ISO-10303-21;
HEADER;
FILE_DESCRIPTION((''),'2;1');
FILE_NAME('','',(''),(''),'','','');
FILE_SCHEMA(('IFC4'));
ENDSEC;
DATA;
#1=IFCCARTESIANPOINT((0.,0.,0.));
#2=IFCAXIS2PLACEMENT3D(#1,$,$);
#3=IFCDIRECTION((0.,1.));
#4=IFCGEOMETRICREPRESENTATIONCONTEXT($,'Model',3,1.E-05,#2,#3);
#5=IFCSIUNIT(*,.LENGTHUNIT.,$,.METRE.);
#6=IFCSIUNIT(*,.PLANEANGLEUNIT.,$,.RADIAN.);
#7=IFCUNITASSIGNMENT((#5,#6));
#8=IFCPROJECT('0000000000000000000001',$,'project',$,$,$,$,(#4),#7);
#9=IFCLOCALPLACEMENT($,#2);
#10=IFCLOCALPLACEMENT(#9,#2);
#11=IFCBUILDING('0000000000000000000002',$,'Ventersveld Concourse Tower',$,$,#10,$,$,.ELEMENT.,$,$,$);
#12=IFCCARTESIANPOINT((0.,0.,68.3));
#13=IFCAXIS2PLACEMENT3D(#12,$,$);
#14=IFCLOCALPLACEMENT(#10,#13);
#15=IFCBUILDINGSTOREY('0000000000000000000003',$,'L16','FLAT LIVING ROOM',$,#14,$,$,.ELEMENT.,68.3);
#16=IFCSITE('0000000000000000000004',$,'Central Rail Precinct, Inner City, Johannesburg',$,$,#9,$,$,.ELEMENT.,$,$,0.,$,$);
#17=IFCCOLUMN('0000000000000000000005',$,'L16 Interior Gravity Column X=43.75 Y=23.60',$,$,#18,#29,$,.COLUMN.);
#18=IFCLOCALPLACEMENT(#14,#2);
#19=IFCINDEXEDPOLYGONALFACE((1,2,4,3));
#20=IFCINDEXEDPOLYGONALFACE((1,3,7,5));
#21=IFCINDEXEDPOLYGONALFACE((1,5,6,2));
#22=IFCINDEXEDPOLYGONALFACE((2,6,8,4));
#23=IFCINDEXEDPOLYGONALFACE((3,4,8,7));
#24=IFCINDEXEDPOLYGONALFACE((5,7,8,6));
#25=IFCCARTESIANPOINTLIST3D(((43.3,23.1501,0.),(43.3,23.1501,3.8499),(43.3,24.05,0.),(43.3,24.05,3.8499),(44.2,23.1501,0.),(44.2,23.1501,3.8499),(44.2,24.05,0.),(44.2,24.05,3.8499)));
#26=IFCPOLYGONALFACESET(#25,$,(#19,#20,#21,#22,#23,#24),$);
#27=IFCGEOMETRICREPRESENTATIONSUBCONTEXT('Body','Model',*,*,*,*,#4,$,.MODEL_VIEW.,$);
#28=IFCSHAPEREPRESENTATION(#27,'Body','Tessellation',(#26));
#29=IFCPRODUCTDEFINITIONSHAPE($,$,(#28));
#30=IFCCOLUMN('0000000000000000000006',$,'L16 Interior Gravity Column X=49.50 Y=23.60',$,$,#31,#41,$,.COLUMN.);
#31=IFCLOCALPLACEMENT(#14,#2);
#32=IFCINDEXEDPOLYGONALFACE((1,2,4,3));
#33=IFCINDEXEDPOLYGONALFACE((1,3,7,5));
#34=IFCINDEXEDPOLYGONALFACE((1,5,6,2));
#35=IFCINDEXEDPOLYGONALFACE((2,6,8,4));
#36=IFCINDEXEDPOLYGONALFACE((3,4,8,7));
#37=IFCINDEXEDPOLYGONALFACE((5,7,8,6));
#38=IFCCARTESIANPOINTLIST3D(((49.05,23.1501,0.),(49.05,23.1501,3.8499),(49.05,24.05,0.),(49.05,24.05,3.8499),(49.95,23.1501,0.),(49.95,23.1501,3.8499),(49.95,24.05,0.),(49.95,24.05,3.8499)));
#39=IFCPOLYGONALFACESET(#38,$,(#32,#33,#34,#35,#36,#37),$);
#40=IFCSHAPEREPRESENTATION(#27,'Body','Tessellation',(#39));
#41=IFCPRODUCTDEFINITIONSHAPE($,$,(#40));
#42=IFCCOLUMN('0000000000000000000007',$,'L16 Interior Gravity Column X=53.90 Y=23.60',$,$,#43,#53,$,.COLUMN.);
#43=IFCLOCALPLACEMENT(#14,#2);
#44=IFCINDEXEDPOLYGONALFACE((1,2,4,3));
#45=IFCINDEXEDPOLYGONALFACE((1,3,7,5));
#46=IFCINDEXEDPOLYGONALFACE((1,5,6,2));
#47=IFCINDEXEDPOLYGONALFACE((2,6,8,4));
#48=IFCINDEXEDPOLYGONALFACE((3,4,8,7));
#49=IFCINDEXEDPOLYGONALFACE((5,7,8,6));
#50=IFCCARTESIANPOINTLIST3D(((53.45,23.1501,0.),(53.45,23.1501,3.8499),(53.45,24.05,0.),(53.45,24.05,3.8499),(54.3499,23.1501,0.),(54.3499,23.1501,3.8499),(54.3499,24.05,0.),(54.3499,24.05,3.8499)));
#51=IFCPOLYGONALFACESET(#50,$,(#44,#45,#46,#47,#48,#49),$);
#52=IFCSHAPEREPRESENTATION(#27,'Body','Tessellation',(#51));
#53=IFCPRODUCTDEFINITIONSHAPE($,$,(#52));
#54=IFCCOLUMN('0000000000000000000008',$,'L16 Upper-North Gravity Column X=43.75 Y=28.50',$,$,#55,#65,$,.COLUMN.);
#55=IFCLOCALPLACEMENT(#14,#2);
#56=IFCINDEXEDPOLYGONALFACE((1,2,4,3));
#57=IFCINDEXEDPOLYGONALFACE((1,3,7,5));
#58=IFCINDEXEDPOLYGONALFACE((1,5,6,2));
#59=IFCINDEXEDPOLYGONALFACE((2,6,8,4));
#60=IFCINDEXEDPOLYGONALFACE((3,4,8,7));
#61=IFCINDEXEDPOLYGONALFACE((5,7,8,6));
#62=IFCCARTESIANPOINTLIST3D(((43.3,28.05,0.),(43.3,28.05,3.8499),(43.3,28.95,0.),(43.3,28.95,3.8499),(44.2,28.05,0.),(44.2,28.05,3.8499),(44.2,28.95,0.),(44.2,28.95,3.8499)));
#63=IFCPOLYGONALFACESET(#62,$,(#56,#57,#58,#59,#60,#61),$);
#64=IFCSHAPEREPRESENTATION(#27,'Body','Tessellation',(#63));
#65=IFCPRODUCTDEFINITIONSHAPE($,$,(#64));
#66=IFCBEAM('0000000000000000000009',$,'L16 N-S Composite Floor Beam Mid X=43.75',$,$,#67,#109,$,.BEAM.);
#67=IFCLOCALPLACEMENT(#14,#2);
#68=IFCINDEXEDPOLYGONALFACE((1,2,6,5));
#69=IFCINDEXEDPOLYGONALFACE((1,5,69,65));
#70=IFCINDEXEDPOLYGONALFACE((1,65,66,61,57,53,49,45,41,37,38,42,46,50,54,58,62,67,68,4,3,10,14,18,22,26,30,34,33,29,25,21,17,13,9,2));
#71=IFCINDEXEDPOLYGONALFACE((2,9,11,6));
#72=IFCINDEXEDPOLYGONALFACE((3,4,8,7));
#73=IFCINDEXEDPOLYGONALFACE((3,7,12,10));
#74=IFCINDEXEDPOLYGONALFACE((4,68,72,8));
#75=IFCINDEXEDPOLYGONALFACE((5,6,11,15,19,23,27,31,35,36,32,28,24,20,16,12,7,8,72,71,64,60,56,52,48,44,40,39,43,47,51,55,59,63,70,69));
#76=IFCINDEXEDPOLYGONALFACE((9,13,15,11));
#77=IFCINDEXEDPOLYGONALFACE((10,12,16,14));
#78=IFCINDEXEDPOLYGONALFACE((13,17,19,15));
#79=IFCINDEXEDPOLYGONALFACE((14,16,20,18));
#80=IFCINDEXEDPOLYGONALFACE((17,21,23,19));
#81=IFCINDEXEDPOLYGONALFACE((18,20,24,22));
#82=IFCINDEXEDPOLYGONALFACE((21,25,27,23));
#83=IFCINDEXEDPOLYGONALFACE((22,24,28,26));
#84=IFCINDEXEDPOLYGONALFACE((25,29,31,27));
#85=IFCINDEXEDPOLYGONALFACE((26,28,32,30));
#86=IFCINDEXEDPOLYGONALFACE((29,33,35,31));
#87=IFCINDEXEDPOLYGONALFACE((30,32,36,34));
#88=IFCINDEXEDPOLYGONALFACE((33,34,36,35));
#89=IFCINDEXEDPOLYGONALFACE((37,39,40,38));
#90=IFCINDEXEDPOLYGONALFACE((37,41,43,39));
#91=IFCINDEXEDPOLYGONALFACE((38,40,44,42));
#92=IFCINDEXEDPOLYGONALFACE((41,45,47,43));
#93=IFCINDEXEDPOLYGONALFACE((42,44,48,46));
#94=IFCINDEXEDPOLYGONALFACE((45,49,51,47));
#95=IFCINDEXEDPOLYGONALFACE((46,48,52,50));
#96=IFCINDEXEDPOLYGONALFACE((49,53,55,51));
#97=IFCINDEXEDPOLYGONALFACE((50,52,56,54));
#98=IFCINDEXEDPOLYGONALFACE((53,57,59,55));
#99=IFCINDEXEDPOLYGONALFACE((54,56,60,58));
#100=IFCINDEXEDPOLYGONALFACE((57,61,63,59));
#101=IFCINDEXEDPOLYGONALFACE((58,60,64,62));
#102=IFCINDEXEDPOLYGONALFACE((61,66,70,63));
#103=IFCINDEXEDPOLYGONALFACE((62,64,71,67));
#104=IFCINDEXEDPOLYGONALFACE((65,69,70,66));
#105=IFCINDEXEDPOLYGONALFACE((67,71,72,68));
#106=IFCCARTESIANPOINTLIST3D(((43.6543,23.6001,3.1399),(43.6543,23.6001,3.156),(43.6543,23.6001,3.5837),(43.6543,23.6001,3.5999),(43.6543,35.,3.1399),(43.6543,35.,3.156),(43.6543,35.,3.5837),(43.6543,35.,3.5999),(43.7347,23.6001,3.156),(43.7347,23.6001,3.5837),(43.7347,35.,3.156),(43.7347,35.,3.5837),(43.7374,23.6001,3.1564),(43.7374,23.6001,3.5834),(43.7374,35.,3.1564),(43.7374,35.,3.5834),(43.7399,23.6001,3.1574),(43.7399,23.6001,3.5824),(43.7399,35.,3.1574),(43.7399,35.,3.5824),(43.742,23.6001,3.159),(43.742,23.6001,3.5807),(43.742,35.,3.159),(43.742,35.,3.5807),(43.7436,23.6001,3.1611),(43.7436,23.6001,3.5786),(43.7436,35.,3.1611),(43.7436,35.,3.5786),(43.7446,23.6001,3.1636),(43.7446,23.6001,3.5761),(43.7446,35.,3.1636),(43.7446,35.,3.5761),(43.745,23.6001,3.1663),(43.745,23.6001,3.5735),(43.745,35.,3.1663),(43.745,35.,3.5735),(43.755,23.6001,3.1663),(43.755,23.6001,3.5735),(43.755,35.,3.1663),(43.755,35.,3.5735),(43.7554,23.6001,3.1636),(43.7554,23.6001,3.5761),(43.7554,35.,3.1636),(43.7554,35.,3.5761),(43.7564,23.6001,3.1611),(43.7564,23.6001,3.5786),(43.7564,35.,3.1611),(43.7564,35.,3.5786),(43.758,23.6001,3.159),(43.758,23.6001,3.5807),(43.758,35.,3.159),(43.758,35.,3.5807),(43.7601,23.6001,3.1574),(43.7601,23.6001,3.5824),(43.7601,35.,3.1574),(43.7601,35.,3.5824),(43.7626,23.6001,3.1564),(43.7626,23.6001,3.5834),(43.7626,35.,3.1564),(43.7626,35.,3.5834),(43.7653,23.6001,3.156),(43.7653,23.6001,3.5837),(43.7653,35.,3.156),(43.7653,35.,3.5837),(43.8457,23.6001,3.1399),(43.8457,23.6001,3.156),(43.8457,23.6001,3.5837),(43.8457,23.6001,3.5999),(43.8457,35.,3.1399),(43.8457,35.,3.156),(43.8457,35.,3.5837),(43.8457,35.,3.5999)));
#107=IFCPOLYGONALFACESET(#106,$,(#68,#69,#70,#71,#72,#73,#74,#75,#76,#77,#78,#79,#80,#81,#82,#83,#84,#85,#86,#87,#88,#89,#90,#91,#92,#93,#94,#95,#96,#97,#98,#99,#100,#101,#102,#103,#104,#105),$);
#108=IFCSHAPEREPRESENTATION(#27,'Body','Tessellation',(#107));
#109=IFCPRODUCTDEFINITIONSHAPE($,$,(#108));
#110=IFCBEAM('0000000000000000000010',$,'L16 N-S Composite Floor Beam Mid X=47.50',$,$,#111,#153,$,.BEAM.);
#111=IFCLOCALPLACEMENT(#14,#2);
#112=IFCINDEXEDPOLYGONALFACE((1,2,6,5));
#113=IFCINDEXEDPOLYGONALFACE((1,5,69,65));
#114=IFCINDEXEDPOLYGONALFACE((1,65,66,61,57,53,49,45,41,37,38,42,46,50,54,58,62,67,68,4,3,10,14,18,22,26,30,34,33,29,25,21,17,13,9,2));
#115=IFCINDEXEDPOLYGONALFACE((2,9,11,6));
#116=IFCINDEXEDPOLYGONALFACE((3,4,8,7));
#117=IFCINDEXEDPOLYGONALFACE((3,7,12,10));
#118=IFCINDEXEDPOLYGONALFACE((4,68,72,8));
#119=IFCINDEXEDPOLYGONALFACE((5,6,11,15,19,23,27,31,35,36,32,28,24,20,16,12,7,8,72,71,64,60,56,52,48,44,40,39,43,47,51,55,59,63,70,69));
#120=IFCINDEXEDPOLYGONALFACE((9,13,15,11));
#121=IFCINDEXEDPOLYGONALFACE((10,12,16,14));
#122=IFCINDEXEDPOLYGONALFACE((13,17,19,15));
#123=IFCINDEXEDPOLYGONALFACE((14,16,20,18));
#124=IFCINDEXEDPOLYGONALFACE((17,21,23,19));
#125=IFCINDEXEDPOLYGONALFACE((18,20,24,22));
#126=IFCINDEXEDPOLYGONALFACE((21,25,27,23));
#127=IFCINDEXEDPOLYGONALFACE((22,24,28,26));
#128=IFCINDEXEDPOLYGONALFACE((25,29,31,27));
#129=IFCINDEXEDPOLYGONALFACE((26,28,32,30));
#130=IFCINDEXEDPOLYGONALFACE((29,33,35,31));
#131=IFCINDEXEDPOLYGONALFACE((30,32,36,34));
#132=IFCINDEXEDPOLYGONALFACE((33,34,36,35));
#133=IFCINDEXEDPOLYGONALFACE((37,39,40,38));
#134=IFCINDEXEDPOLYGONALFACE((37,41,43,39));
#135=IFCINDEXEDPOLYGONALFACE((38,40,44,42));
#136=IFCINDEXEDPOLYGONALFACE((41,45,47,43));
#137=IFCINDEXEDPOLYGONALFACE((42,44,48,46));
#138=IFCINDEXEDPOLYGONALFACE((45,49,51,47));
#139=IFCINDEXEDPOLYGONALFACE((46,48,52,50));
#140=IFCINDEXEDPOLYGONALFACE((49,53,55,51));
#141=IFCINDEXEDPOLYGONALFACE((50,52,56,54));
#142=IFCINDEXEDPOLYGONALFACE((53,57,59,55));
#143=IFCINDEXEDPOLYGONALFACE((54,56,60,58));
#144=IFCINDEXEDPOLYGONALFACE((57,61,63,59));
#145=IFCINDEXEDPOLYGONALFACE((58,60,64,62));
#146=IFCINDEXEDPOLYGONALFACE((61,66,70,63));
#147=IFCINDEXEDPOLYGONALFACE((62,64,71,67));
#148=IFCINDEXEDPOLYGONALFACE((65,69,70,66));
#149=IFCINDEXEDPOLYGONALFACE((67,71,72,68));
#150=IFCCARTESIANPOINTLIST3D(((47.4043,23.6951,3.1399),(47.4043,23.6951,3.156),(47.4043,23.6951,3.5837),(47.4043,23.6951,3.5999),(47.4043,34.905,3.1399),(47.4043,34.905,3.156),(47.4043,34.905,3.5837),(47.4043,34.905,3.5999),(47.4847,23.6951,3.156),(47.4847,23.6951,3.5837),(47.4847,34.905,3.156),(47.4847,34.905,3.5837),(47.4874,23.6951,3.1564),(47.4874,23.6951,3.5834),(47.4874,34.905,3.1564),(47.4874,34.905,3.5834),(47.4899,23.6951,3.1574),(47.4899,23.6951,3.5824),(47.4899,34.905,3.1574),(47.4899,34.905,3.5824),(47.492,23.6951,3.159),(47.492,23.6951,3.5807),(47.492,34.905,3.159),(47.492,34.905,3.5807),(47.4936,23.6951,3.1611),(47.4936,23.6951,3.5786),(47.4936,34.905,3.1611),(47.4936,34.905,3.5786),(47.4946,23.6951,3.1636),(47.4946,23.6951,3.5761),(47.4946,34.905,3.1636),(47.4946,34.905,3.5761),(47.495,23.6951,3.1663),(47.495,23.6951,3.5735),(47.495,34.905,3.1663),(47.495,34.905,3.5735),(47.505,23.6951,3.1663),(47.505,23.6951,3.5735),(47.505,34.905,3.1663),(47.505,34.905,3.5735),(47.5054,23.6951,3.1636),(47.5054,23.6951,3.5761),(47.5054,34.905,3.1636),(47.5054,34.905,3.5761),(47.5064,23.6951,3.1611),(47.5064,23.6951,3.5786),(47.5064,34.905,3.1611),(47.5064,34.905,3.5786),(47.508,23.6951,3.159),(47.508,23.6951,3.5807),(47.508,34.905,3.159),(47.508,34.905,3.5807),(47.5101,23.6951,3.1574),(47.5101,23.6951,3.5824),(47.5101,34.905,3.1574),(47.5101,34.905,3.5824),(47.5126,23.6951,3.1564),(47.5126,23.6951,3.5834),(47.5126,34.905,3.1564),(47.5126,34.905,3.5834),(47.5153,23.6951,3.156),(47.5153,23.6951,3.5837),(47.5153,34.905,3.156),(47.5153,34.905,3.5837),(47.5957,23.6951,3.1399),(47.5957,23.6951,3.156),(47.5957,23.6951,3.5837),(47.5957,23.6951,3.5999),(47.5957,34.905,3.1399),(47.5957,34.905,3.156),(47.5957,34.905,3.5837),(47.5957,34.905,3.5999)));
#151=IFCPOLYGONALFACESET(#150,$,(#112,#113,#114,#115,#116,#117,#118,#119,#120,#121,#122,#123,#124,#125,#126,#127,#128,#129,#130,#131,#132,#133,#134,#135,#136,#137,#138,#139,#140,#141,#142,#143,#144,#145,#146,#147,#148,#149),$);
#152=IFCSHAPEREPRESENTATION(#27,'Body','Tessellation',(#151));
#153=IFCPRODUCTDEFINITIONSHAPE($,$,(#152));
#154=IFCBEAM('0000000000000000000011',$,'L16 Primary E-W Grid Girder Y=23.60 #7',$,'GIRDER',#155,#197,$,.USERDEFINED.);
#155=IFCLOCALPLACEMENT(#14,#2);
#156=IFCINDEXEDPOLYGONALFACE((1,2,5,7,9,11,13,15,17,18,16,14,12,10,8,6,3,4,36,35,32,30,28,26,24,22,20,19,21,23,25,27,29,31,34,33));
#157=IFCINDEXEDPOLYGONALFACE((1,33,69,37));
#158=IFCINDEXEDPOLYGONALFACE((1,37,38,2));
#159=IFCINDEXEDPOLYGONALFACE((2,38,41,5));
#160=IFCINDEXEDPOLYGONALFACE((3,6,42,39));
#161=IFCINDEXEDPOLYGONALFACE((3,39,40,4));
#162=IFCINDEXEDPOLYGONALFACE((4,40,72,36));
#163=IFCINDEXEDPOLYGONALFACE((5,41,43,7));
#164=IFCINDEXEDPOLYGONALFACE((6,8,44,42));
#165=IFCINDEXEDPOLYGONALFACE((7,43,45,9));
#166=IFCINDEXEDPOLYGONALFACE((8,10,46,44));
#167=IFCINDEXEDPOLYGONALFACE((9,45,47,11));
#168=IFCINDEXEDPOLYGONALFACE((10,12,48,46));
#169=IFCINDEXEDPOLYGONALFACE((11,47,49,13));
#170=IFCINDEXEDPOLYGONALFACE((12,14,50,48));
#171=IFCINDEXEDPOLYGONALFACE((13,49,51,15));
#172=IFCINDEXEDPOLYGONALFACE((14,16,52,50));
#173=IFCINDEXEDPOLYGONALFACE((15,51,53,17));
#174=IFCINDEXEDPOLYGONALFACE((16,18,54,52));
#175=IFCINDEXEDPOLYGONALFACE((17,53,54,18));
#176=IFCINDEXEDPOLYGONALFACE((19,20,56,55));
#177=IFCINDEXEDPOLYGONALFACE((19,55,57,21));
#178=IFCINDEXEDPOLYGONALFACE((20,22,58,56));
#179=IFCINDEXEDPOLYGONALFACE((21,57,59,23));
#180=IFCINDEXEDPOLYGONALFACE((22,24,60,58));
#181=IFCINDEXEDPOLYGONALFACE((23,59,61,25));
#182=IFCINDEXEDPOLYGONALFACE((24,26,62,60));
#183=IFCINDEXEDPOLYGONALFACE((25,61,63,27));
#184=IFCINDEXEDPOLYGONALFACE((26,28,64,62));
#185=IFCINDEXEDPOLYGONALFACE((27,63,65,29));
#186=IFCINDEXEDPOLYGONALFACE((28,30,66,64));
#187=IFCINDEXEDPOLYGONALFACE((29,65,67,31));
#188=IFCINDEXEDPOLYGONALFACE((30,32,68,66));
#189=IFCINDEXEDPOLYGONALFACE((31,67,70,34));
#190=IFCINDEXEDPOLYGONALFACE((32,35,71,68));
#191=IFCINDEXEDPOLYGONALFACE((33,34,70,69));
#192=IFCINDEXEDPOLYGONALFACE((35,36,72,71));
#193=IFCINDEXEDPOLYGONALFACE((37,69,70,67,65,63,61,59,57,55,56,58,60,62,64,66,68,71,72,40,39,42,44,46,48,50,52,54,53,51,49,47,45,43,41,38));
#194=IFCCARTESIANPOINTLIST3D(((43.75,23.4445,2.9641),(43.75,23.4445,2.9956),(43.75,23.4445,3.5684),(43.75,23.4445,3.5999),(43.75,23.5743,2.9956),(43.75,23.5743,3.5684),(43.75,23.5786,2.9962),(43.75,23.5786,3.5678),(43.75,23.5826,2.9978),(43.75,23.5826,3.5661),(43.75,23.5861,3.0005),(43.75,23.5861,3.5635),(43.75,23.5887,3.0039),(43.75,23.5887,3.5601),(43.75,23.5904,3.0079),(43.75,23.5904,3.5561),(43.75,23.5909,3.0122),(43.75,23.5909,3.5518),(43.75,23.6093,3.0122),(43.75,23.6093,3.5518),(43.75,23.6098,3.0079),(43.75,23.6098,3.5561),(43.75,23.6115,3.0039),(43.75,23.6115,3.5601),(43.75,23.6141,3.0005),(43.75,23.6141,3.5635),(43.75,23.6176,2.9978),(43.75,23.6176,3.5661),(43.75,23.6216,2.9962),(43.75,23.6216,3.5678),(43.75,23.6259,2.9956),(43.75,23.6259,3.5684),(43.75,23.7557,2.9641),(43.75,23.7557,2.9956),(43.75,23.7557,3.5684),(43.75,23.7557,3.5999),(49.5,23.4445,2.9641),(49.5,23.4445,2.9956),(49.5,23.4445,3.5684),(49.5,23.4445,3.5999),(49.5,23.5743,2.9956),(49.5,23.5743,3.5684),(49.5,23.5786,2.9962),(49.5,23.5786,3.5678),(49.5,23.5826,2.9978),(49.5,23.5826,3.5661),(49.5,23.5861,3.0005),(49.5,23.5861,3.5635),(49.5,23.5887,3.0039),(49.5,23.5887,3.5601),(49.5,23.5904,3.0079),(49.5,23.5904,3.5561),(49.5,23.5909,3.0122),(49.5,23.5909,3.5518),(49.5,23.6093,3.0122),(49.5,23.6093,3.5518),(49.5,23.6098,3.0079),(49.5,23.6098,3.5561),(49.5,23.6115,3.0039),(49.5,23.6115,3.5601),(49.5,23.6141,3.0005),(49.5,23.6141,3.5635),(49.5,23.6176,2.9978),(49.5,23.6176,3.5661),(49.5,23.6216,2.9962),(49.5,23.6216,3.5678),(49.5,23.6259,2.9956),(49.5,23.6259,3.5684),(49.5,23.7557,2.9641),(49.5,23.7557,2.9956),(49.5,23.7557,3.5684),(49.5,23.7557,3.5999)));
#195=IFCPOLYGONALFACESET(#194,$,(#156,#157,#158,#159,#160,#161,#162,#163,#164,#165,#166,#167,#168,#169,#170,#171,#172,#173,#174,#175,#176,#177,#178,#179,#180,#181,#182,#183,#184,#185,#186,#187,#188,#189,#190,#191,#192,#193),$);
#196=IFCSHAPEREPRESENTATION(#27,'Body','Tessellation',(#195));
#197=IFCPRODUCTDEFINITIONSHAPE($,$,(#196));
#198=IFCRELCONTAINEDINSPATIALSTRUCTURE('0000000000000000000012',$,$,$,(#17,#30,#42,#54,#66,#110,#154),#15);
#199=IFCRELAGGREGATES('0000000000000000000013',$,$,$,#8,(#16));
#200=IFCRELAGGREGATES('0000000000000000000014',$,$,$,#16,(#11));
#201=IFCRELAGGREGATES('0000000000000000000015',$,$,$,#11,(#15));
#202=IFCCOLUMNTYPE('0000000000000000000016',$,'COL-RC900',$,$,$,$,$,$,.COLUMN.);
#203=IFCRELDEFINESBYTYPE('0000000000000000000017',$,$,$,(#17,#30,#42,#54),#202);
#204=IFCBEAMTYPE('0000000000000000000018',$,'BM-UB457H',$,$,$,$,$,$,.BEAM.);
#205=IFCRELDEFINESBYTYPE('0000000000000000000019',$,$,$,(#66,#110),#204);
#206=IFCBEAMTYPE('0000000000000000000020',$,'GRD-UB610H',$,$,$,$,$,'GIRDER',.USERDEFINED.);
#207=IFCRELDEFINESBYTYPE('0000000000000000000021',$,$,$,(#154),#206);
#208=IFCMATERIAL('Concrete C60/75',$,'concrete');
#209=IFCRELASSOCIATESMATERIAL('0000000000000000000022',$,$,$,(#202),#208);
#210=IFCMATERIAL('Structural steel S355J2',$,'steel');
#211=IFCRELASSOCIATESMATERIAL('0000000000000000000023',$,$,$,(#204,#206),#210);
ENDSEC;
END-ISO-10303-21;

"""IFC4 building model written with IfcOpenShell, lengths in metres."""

from ifc_helpers import new_model, si_unit, direction, frame, origin, origin_2d, place, context, subcontext, project, spatial, rectangle, i_section, extrude, material, material_profile, profile_set, type_object, element, save


model = new_model("IFC4")

# Units and contexts
model_context = context("Model", 3, precision=1e-05, world=origin(), true_north=direction((0.0, 1.0)))
body_context = subcontext(model_context, "Body", "Model", "MODEL_VIEW")
ifc_project = project(units=[si_unit("LENGTHUNIT", "METRE"), si_unit("PLANEANGLEUNIT", "RADIAN")], contexts=[model_context])

# Site, building, storey
site_placement = place(None, origin())
site = spatial("IfcSite", under=ifc_project, at=site_placement, Name="Central Rail Precinct, Inner City, Johannesburg", CompositionType="ELEMENT", RefElevation=0.0)
building_placement = place(site_placement, origin())
building = spatial("IfcBuilding", under=site, at=building_placement, Name="Ventersveld Concourse Tower", CompositionType="ELEMENT")
storey_placement = place(building_placement, frame((0.0, 0.0, 68.3)))
storey = spatial("IfcBuildingStorey", under=building, at=storey_placement, Name="L16", Description="FLAT LIVING ROOM", CompositionType="ELEMENT", Elevation=68.3)

# Columns
ifc_material_1 = material(Name="Concrete C60/75", Category="concrete")
ifc_material_profile_1 = material_profile(ifc_material_1, rectangle(XDim=0.8999, YDim=0.8999, at=origin_2d()), Name="RC 900x900")
ifc_profile_set_1 = profile_set([ifc_material_profile_1], Name="Concrete C60/75")
column_type = type_object("IfcColumnType", Name="COL-RC900", PredefinedType="COLUMN", material=ifc_profile_set_1)
for number, where, z_axis, x_axis, name in (
    (1, (43.75, 23.6001, 0.0), (0.0, 0.0, 1.0), (1.0, 0.0, 0.0), "L16 Interior Gravity Column X=43.75 Y=23.60"),
    (2, (49.5, 23.6001, 0.0), (0.0, 0.0, 1.0), (1.0, 0.0, 0.0), "L16 Interior Gravity Column X=49.50 Y=23.60"),
    (3, (53.8999, 23.6001, 0.0), (0.0, 0.0, 1.0), (1.0, 0.0, 0.0), "L16 Interior Gravity Column X=53.90 Y=23.60"),
    (4, (43.75, 28.5, 0.0), (0.0, 0.0, 1.0), (1.0, 0.0, 0.0), "L16 Upper-North Gravity Column X=43.75 Y=28.50"),
):
    element("IfcColumn", number, at=place(storey_placement, frame(where, z_axis=z_axis, x_axis=x_axis)), inside=storey, type_object=column_type, Name=name, PredefinedType="COLUMN", context=body_context, shape_type="SweptSolid", body=[
        extrude(rectangle(XDim=0.8999, YDim=0.8999, at=origin_2d()), origin(), (0.0, 0.0, 1.0), 3.8499),
    ])

# Beams
ifc_material_2 = material(Name="Structural steel S355J2", Category="steel")
ifc_material_profile_2 = material_profile(ifc_material_2, i_section(OverallWidth=0.1914, OverallDepth=0.46, WebThickness=0.01, FlangeThickness=0.0161, FilletRadius=0.0103, at=origin_2d()), Name="UB 457x191x82")
ifc_profile_set_2 = profile_set([ifc_material_profile_2], Name="Structural steel S355J2")
beam_type_1 = type_object("IfcBeamType", Name="BM-UB457H", PredefinedType="BEAM", material=ifc_profile_set_2)
beam_1_placement = place(storey_placement, frame((43.75, 23.6001, 3.3699), z_axis=(0.0, 1.0, 0.0), x_axis=(-1.0, 0.0, 0.0)))
element("IfcBeam", 5, at=beam_1_placement, inside=storey, type_object=beam_type_1, Name="L16 N-S Composite Floor Beam Mid X=43.75", PredefinedType="BEAM", context=body_context, shape_type="SweptSolid", body=[
    extrude(i_section(OverallWidth=0.1914, OverallDepth=0.46, WebThickness=0.01, FlangeThickness=0.0161, FilletRadius=0.0103, at=origin_2d()), origin(), (0.0, 0.0, 1.0), 11.3999),
])
beam_2_placement = place(storey_placement, frame((47.5, 23.6951, 3.3699), z_axis=(0.0, 1.0, 0.0), x_axis=(-1.0, 0.0, 0.0)))
element("IfcBeam", 6, at=beam_2_placement, inside=storey, type_object=beam_type_1, Name="L16 N-S Composite Floor Beam Mid X=47.50", PredefinedType="BEAM", context=body_context, shape_type="SweptSolid", body=[
    extrude(i_section(OverallWidth=0.1914, OverallDepth=0.46, WebThickness=0.01, FlangeThickness=0.0161, FilletRadius=0.0103, at=origin_2d()), origin(), (0.0, 0.0, 1.0), 11.21),
])
ifc_material_profile_3 = material_profile(ifc_material_2, i_section(OverallWidth=0.3113, OverallDepth=0.6357, WebThickness=0.0183, FlangeThickness=0.0315, FilletRadius=0.0166, at=origin_2d()), Name="UB 610x305x238")
ifc_profile_set_3 = profile_set([ifc_material_profile_3], Name="Structural steel S355J2")
beam_type_2 = type_object("IfcBeamType", Name="GRD-UB610H", ElementType="GIRDER", PredefinedType="USERDEFINED", material=ifc_profile_set_3)
beam_3_placement = place(storey_placement, frame((43.75, 23.6001, 3.282), z_axis=(1.0, 0.0, 0.0), x_axis=(0.0, 1.0, 0.0)))
element("IfcBeam", 7, at=beam_3_placement, inside=storey, type_object=beam_type_2, Name="L16 Primary E-W Grid Girder Y=23.60 #7", ObjectType="GIRDER", PredefinedType="USERDEFINED", context=body_context, shape_type="SweptSolid", body=[
    extrude(i_section(OverallWidth=0.3113, OverallDepth=0.6357, WebThickness=0.0183, FlangeThickness=0.0315, FilletRadius=0.0166, at=origin_2d()), origin(), (0.0, 0.0, 1.0), 5.75),
])

save(model, "model.ifc")
